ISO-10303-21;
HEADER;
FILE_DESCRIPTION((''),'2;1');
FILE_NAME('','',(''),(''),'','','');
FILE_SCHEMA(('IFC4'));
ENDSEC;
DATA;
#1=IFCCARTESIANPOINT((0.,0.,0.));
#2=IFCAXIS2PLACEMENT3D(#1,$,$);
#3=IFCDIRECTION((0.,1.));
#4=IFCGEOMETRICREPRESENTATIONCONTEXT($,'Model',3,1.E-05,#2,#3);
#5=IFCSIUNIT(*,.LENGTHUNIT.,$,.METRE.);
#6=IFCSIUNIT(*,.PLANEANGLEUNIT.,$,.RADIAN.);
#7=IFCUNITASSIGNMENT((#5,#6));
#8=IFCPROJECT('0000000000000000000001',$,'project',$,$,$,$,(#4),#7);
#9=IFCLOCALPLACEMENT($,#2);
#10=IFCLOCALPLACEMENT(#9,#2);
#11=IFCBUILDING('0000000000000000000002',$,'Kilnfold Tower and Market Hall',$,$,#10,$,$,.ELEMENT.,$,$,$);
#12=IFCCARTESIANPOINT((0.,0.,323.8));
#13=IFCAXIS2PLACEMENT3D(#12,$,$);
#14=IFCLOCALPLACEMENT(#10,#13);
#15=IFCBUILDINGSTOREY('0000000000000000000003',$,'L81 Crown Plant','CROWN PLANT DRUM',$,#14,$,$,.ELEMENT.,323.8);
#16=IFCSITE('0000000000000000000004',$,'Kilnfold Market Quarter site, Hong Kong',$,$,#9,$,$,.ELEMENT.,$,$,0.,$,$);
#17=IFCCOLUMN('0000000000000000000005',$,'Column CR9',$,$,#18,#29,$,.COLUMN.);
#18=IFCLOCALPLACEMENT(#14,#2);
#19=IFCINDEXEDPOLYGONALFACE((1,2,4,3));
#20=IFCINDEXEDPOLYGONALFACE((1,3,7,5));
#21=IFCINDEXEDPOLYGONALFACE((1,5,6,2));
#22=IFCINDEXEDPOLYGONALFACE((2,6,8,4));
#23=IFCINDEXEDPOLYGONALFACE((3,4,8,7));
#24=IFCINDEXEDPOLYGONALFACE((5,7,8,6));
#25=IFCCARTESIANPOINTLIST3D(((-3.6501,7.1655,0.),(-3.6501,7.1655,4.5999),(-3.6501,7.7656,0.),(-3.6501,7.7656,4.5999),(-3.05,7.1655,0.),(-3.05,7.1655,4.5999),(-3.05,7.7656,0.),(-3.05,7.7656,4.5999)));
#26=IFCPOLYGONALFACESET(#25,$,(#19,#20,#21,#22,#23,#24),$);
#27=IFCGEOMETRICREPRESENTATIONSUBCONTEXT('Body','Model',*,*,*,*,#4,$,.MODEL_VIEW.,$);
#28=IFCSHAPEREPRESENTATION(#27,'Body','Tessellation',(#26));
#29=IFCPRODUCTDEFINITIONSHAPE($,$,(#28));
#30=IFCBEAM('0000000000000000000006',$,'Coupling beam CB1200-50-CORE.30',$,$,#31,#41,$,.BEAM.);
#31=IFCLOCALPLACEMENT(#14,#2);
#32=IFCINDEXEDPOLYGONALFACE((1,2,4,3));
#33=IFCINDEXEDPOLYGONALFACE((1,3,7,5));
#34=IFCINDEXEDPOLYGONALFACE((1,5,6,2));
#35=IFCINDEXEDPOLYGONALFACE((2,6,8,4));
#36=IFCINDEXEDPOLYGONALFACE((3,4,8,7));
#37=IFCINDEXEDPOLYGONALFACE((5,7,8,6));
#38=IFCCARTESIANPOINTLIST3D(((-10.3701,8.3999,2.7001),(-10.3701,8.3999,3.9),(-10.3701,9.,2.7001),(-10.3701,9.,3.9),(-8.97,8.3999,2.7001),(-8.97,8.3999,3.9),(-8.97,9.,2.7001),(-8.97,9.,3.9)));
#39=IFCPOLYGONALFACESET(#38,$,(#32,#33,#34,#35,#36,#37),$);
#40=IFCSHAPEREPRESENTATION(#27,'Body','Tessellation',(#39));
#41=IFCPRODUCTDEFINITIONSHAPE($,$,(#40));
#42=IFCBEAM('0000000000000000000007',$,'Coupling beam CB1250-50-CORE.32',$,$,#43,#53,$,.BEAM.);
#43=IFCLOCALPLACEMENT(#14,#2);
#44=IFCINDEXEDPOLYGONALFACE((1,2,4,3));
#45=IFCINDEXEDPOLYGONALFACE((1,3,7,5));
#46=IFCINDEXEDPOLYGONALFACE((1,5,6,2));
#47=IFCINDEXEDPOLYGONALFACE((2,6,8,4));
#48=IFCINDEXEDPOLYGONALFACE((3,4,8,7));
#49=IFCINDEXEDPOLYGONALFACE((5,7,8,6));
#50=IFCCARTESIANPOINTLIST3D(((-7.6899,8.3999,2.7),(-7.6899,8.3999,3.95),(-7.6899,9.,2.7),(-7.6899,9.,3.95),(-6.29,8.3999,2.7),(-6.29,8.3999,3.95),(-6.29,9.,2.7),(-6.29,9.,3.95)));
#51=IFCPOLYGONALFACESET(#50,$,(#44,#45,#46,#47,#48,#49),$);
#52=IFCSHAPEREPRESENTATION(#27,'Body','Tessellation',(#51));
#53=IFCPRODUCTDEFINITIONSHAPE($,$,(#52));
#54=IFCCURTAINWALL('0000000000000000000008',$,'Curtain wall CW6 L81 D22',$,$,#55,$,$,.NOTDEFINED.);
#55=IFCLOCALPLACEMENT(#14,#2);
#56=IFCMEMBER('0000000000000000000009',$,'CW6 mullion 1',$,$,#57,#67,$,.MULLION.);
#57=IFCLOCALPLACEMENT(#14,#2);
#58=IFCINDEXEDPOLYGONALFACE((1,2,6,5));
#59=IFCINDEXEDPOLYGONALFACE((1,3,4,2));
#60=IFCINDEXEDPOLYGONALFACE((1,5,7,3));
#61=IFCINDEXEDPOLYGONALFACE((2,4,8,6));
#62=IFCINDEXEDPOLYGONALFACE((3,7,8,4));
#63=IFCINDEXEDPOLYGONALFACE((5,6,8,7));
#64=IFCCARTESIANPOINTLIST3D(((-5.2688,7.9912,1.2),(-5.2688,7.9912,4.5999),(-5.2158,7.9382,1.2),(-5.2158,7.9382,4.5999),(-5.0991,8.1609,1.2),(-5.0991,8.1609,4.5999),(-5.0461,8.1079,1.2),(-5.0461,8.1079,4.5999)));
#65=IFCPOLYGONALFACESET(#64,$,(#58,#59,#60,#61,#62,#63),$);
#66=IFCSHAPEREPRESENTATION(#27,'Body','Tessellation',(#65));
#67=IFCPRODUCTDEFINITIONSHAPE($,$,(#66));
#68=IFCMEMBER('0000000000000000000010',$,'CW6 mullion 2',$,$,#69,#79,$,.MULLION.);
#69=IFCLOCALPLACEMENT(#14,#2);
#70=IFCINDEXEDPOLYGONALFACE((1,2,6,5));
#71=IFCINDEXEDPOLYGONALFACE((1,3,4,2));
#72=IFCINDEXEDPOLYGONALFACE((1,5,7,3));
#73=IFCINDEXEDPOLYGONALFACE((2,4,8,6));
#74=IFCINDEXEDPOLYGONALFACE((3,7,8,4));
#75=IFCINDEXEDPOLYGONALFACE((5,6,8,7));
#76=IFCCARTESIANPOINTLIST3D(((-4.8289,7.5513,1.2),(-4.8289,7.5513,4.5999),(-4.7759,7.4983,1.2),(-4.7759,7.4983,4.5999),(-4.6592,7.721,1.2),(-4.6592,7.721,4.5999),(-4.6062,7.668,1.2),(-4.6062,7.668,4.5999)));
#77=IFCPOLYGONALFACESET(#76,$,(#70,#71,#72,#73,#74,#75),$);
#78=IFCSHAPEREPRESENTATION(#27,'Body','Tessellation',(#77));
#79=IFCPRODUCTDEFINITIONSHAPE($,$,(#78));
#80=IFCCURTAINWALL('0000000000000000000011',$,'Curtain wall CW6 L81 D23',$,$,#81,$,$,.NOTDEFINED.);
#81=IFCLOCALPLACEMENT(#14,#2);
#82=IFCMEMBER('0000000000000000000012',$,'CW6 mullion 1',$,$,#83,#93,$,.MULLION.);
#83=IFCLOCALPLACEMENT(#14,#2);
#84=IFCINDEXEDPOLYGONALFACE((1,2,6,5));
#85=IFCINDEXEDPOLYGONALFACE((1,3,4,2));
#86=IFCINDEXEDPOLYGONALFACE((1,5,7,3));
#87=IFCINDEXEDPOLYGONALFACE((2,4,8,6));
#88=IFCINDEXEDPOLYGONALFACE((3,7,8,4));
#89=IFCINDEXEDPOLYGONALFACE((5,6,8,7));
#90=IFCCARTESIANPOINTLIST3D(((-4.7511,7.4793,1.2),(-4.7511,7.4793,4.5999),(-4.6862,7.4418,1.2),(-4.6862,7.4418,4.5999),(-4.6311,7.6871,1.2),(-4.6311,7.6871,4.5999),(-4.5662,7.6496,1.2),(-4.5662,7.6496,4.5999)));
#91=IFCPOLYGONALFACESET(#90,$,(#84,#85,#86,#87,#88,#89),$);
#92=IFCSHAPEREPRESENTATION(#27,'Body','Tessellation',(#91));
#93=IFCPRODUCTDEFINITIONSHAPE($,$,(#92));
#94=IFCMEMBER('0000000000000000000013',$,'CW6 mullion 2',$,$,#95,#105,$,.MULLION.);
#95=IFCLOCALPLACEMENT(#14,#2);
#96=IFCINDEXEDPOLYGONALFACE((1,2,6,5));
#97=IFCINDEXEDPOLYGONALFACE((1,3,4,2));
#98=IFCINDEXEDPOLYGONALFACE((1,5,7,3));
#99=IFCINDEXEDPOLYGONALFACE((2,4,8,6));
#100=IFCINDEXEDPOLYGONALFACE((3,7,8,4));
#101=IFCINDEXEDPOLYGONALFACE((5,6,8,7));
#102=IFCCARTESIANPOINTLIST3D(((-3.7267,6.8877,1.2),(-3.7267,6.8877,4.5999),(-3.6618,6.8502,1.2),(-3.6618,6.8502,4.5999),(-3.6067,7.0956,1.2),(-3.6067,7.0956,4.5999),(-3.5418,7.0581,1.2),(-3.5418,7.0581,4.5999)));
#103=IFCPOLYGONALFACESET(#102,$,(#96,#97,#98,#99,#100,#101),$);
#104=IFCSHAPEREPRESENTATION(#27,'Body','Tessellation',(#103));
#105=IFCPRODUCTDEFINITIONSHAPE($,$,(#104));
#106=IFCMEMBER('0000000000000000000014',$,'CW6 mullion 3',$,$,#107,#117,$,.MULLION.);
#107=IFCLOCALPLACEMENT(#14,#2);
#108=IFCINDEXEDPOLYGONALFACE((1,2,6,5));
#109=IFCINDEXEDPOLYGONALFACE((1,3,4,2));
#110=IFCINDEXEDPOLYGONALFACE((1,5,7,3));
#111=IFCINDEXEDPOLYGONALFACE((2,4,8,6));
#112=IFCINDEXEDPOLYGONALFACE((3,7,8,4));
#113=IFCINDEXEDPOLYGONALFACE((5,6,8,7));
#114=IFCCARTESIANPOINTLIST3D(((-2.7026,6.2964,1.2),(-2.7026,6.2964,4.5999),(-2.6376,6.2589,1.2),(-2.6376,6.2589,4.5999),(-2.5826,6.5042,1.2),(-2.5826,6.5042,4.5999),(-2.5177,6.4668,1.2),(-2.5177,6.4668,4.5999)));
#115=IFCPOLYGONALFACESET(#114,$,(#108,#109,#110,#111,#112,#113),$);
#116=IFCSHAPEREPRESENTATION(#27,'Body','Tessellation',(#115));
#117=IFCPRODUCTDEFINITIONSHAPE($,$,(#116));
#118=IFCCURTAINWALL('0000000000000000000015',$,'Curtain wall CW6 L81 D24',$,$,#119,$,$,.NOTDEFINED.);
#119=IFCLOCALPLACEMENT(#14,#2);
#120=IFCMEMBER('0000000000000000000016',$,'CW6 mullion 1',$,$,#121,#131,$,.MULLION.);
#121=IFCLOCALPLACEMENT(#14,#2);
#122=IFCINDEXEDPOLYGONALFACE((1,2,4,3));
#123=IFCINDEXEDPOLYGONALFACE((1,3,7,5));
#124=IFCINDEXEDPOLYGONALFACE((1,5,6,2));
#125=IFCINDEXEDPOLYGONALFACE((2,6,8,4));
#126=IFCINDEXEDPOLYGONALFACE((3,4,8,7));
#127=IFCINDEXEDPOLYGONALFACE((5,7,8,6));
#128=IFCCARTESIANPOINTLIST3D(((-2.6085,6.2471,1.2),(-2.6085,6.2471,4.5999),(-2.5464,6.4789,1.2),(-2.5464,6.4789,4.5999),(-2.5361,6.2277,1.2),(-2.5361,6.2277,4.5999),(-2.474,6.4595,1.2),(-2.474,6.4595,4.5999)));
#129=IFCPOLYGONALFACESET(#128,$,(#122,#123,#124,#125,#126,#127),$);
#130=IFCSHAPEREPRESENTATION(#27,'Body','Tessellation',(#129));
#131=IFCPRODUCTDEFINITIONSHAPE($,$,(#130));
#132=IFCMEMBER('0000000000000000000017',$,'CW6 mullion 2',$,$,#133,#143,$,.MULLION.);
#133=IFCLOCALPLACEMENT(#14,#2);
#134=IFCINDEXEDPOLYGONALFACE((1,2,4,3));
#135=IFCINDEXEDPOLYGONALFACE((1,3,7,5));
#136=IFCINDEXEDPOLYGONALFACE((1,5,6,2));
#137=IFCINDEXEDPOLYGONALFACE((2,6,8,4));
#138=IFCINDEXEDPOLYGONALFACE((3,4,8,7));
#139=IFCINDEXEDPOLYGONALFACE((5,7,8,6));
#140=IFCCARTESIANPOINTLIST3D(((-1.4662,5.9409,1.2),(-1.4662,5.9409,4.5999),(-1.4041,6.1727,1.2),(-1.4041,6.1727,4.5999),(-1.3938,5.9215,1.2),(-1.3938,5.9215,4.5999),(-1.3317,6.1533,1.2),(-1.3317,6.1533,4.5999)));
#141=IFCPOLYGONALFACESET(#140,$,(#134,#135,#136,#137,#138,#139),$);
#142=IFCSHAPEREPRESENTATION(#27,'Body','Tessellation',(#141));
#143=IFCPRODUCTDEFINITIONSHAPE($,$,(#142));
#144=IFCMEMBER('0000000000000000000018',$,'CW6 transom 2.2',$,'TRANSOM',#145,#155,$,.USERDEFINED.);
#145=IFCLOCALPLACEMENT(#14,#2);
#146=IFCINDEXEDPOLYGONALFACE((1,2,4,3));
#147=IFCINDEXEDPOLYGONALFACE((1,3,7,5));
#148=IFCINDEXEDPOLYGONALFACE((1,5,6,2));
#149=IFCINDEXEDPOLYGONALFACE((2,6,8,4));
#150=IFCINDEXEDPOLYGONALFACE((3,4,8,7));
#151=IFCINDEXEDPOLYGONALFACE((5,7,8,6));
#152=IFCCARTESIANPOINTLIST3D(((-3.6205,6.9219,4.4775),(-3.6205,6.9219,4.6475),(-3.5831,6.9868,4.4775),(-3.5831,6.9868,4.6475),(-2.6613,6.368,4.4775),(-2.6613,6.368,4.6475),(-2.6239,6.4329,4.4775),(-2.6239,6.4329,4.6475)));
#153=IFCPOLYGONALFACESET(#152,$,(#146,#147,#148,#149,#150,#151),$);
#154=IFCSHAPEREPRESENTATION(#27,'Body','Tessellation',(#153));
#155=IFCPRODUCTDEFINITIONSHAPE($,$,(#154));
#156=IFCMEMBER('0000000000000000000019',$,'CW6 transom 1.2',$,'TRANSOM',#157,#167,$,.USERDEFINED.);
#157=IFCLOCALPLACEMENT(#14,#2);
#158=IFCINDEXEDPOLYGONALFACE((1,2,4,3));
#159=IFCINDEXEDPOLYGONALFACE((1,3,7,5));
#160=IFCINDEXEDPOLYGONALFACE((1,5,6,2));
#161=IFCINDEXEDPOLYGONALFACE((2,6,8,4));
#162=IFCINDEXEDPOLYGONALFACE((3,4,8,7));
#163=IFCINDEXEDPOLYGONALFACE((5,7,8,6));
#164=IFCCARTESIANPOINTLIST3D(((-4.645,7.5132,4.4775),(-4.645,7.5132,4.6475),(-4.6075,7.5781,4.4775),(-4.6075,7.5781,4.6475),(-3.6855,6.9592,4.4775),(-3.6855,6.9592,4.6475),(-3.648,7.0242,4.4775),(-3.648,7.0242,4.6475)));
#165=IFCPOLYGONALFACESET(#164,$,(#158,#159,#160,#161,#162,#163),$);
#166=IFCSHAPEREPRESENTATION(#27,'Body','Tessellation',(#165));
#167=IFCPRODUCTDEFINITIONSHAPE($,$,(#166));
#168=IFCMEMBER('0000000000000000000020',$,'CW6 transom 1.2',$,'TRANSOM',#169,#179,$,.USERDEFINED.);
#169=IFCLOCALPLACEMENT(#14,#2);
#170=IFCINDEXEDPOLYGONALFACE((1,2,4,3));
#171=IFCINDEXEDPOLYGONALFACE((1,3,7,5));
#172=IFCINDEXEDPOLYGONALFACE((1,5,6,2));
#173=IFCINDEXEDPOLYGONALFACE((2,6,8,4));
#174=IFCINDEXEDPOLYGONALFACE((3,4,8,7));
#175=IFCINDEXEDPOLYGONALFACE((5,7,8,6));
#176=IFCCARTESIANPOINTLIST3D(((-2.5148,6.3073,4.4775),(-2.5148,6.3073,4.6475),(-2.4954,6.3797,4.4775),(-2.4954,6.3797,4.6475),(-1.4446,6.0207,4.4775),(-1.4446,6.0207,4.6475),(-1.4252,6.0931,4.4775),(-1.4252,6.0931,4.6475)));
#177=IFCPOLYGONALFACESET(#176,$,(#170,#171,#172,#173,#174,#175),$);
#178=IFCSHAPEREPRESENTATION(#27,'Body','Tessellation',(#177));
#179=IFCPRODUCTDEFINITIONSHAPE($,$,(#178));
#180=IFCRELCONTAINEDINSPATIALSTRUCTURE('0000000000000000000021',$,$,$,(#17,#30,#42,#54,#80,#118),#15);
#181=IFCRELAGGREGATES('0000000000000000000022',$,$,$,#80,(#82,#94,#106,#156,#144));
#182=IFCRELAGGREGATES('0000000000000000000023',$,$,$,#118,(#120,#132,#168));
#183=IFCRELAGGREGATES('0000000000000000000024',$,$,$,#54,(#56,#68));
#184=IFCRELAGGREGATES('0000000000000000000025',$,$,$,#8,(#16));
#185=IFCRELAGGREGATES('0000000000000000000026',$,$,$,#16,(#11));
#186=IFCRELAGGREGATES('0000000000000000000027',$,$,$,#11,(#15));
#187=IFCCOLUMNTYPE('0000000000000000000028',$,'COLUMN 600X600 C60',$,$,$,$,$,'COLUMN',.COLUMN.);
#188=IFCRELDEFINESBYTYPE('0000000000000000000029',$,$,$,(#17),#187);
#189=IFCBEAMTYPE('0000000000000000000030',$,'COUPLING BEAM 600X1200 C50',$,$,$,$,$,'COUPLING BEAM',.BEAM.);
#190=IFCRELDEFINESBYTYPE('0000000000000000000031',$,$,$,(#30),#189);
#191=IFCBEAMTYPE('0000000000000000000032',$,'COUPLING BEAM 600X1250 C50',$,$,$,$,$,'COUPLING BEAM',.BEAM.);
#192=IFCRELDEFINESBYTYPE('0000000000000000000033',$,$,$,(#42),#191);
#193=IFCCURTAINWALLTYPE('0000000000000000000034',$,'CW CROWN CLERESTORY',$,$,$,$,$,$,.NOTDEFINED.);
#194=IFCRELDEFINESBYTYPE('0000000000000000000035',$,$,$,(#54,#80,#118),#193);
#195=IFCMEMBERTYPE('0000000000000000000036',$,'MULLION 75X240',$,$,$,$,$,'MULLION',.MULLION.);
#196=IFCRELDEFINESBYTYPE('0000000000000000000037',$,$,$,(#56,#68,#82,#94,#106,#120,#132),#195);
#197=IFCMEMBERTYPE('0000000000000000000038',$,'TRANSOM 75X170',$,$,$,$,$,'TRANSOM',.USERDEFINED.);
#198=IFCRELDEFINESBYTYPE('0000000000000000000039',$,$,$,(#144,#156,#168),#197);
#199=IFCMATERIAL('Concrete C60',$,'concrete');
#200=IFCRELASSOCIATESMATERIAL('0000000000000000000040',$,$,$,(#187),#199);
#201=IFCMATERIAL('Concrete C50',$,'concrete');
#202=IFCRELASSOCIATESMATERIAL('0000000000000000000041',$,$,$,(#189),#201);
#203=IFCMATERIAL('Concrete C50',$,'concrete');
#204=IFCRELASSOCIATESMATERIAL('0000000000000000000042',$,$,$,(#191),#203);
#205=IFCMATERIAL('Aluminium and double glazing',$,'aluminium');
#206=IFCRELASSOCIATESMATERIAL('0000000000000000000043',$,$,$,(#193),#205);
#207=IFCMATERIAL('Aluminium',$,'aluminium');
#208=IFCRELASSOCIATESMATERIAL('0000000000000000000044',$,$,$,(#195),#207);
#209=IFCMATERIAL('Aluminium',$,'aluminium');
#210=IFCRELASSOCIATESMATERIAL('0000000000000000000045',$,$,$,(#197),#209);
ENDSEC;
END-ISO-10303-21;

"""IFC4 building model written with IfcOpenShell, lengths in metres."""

from ifc_helpers import new_model, si_unit, direction, frame, origin, origin_2d, place, context, subcontext, project, spatial, rectangle, extrude, source, transform, mapped, material, material_profile, profile_set, type_object, element, aggregate, save


model = new_model("IFC4")

# Units and contexts
model_context = context("Model", 3, precision=1e-05, world=origin(), true_north=direction((0.0, 1.0)))
body_context = subcontext(model_context, "Body", "Model", "MODEL_VIEW")
ifc_project = project(units=[si_unit("LENGTHUNIT", "METRE"), si_unit("PLANEANGLEUNIT", "RADIAN")], contexts=[model_context])

# Site, building, storey
site_placement = place(None, origin())
site = spatial("IfcSite", under=ifc_project, at=site_placement, Name="Kilnfold Market Quarter site, Hong Kong", CompositionType="ELEMENT", RefElevation=0.0)
building_placement = place(site_placement, origin())
building = spatial("IfcBuilding", under=site, at=building_placement, Name="Kilnfold Tower and Market Hall", CompositionType="ELEMENT")
storey_placement = place(building_placement, frame((0.0, 0.0, 323.8)))
storey = spatial("IfcBuildingStorey", under=building, at=storey_placement, Name="L81 Crown Plant", Description="CROWN PLANT DRUM", CompositionType="ELEMENT", Elevation=323.8)

# Column
ifc_material_1 = material(Name="Concrete C60", Category="concrete")
ifc_material_profile_1 = material_profile(ifc_material_1, rectangle(XDim=0.6001, YDim=0.6001, at=origin_2d()), Name="RC 600x600")
ifc_profile_set_1 = profile_set([ifc_material_profile_1], Name="Concrete C60")
column_type = type_object("IfcColumnType", Name="COLUMN 600X600 C60", ElementType="COLUMN", PredefinedType="COLUMN", material=ifc_profile_set_1)
shared_shape_1 = source(origin(), body_context, "Body", "SweptSolid", [
    extrude(rectangle(XDim=0.6001, YDim=0.6001, at=origin_2d()), origin(), (0.0, 0.0, 1.0), 4.5999),
])
column_placement = place(storey_placement, frame((-3.3501, 7.4656, 0.0), z_axis=(0.0, 0.0, 1.0), x_axis=(1.0, 0.0, 0.0)))
element("IfcColumn", 1, at=column_placement, inside=storey, type_object=column_type, Name="Column CR9", PredefinedType="COLUMN", context=body_context, shape_type="MappedRepresentation", body=[
    mapped(shared_shape_1, transform((0.0, 0.0, 0.0))),
])

# Beams
ifc_material_2 = material(Name="Concrete C50", Category="concrete")
ifc_material_profile_2 = material_profile(ifc_material_2, rectangle(XDim=0.6001, YDim=1.2, at=origin_2d()), Name="RC 600x1200")
ifc_profile_set_2 = profile_set([ifc_material_profile_2], Name="Concrete C50")
beam_type_1 = type_object("IfcBeamType", Name="COUPLING BEAM 600X1200 C50", ElementType="COUPLING BEAM", PredefinedType="BEAM", material=ifc_profile_set_2)
shared_shape_2 = source(origin(), body_context, "Body", "SweptSolid", [
    extrude(rectangle(XDim=0.6001, YDim=1.2, at=origin_2d()), origin(), (0.0, 0.0, 1.0), 1.4001),
])
beam_1_placement = place(storey_placement, frame((-10.3701, 8.7, 3.3), z_axis=(1.0, 0.0, 0.0), x_axis=(0.0, 1.0, 0.0)))
element("IfcBeam", 2, at=beam_1_placement, inside=storey, type_object=beam_type_1, Name="Coupling beam CB1200-50-CORE.30", PredefinedType="BEAM", context=body_context, shape_type="MappedRepresentation", body=[
    mapped(shared_shape_2, transform((0.0, 0.0, 0.0))),
])
ifc_material_3 = material(Name="Concrete C50", Category="concrete")
ifc_material_profile_3 = material_profile(ifc_material_3, rectangle(XDim=0.6001, YDim=1.25, at=origin_2d()), Name="RC 600x1250")
ifc_profile_set_3 = profile_set([ifc_material_profile_3], Name="Concrete C50")
beam_type_2 = type_object("IfcBeamType", Name="COUPLING BEAM 600X1250 C50", ElementType="COUPLING BEAM", PredefinedType="BEAM", material=ifc_profile_set_3)
shared_shape_3 = source(origin(), body_context, "Body", "SweptSolid", [
    extrude(rectangle(XDim=0.6001, YDim=1.25, at=origin_2d()), origin(), (0.0, 0.0, 1.0), 1.3999),
])
beam_2_placement = place(storey_placement, frame((-7.6899, 8.7, 3.325), z_axis=(1.0, 0.0, 0.0), x_axis=(0.0, 1.0, 0.0)))
element("IfcBeam", 3, at=beam_2_placement, inside=storey, type_object=beam_type_2, Name="Coupling beam CB1250-50-CORE.32", PredefinedType="BEAM", context=body_context, shape_type="MappedRepresentation", body=[
    mapped(shared_shape_3, transform((0.0, 0.0, 0.0))),
])

# Curtain walls, members
ifc_material_4 = material(Name="Aluminium and double glazing", Category="aluminium")
curtain_wall_type = type_object("IfcCurtainWallType", Name="CW CROWN CLERESTORY", PredefinedType="NOTDEFINED", material=ifc_material_4)
curtain_wall_1_placement = place(storey_placement, origin())
curtain_wall_1 = element("IfcCurtainWall", 4, at=curtain_wall_1_placement, inside=storey, type_object=curtain_wall_type, Name="Curtain wall CW6 L81 D22", PredefinedType="NOTDEFINED")
ifc_material_5 = material(Name="Aluminium", Category="aluminium")
ifc_material_profile_4 = material_profile(ifc_material_5, rectangle(XDim=0.075, YDim=0.24, at=origin_2d()), Name="MULLION 75x240")
ifc_profile_set_4 = profile_set([ifc_material_profile_4], Name="Aluminium")
member_type_1 = type_object("IfcMemberType", Name="MULLION 75X240", ElementType="MULLION", PredefinedType="MULLION", material=ifc_profile_set_4)
shared_shape_4 = source(origin(), body_context, "Body", "SweptSolid", [
    extrude(rectangle(XDim=0.075, YDim=0.24, at=origin_2d()), origin(), (0.0, 0.0, 1.0), 3.3999),
])
member_1_placement = place(storey_placement, frame((-5.1575, 8.0496, 1.2), z_axis=(0.0, 0.0, 1.0), x_axis=(0.707035, -0.707178, 0.0)))
member_1 = element("IfcMember", 5, at=member_1_placement, type_object=member_type_1, Name="CW6 mullion 1", PredefinedType="MULLION", context=body_context, shape_type="MappedRepresentation", body=[
    mapped(shared_shape_4, transform((0.0, 0.0, 0.0))),
])
member_2_placement = place(storey_placement, frame((-4.7175, 7.6096, 1.2), z_axis=(0.0, 0.0, 1.0), x_axis=(0.707035, -0.707178, 0.0)))
member_2 = element("IfcMember", 6, at=member_2_placement, type_object=member_type_1, Name="CW6 mullion 2", PredefinedType="MULLION", context=body_context, shape_type="MappedRepresentation", body=[
    mapped(shared_shape_4, transform((0.0, 0.0, 0.0))),
])
curtain_wall_2_placement = place(storey_placement, origin())
curtain_wall_2 = element("IfcCurtainWall", 7, at=curtain_wall_2_placement, inside=storey, type_object=curtain_wall_type, Name="Curtain wall CW6 L81 D23", PredefinedType="NOTDEFINED")
member_3_placement = place(storey_placement, frame((-4.6587, 7.5645, 1.2), z_axis=(0.0, 0.0, 1.0), x_axis=(0.866031, -0.499991, 0.0)))
member_3 = element("IfcMember", 8, at=member_3_placement, type_object=member_type_1, Name="CW6 mullion 1", PredefinedType="MULLION", context=body_context, shape_type="MappedRepresentation", body=[
    mapped(shared_shape_4, transform((0.0, 0.0, 0.0))),
])
member_4_placement = place(storey_placement, frame((-3.6343, 6.9729, 1.2), z_axis=(0.0, 0.0, 1.0), x_axis=(0.866031, -0.499991, 0.0)))
member_4 = element("IfcMember", 9, at=member_4_placement, type_object=member_type_1, Name="CW6 mullion 2", PredefinedType="MULLION", context=body_context, shape_type="MappedRepresentation", body=[
    mapped(shared_shape_4, transform((0.0, 0.0, 0.0))),
])
member_5_placement = place(storey_placement, frame((-2.6101, 6.3816, 1.2), z_axis=(0.0, 0.0, 1.0), x_axis=(0.866031, -0.499991, 0.0)))
member_5 = element("IfcMember", 10, at=member_5_placement, type_object=member_type_1, Name="CW6 mullion 3", PredefinedType="MULLION", context=body_context, shape_type="MappedRepresentation", body=[
    mapped(shared_shape_4, transform((0.0, 0.0, 0.0))),
])
curtain_wall_3_placement = place(storey_placement, origin())
curtain_wall_3 = element("IfcCurtainWall", 11, at=curtain_wall_3_placement, inside=storey, type_object=curtain_wall_type, Name="Curtain wall CW6 L81 D24", PredefinedType="NOTDEFINED")
member_6_placement = place(storey_placement, frame((-2.5413, 6.3533, 1.2), z_axis=(0.0, 0.0, 1.0), x_axis=(0.96593, -0.258805, 0.0)))
member_6 = element("IfcMember", 12, at=member_6_placement, type_object=member_type_1, Name="CW6 mullion 1", PredefinedType="MULLION", context=body_context, shape_type="MappedRepresentation", body=[
    mapped(shared_shape_4, transform((0.0, 0.0, 0.0))),
])
member_7_placement = place(storey_placement, frame((-1.3989, 6.0471, 1.2), z_axis=(0.0, 0.0, 1.0), x_axis=(0.96593, -0.258805, 0.0)))
member_7 = element("IfcMember", 13, at=member_7_placement, type_object=member_type_1, Name="CW6 mullion 2", PredefinedType="MULLION", context=body_context, shape_type="MappedRepresentation", body=[
    mapped(shared_shape_4, transform((0.0, 0.0, 0.0))),
])

# Members
ifc_material_6 = material(Name="Aluminium", Category="aluminium")
ifc_material_profile_5 = material_profile(ifc_material_6, rectangle(XDim=0.075, YDim=0.1699, at=origin_2d()), Name="TRANSOM 75x170")
ifc_profile_set_5 = profile_set([ifc_material_profile_5], Name="Aluminium")
member_type_2 = type_object("IfcMemberType", Name="TRANSOM 75X170", ElementType="TRANSOM", PredefinedType="USERDEFINED", material=ifc_profile_set_5)
shared_shape_5 = source(origin(), body_context, "Body", "SweptSolid", [
    extrude(rectangle(XDim=0.075, YDim=0.1699, at=origin_2d()), origin(), (0.0, 0.0, 1.0), 1.1077),
])
member_8_placement = place(storey_placement, frame((-3.6018, 6.9543, 4.5625), z_axis=(0.865969, -0.500098, 0.0), x_axis=(0.500098, 0.865969, 0.0)))
member_8 = element("IfcMember", 14, at=member_8_placement, type_object=member_type_2, Name="CW6 transom 2.2", ObjectType="TRANSOM", PredefinedType="USERDEFINED", context=body_context, shape_type="MappedRepresentation", body=[
    mapped(shared_shape_5, transform((0.0, 0.0, 0.0))),
])
shared_shape_6 = source(origin(), body_context, "Body", "SweptSolid", [
    extrude(rectangle(XDim=0.075, YDim=0.1699, at=origin_2d()), origin(), (0.0, 0.0, 1.0), 1.1079),
])
member_9_placement = place(storey_placement, frame((-4.6262, 7.5457, 4.5625), z_axis=(0.866024, -0.500002, 0.0), x_axis=(0.500002, 0.866024, 0.0)))
member_9 = element("IfcMember", 15, at=member_9_placement, type_object=member_type_2, Name="CW6 transom 1.2", ObjectType="TRANSOM", PredefinedType="USERDEFINED", context=body_context, shape_type="MappedRepresentation", body=[
    mapped(shared_shape_6, transform((0.0, 0.0, 0.0))),
])
member_10_placement = place(storey_placement, frame((-2.5051, 6.3435, 4.5625), z_axis=(0.965949, -0.258732, 0.0), x_axis=(0.258732, 0.965949, 0.0)))
member_10 = element("IfcMember", 16, at=member_10_placement, type_object=member_type_2, Name="CW6 transom 1.2", ObjectType="TRANSOM", PredefinedType="USERDEFINED", context=body_context, shape_type="MappedRepresentation", body=[
    mapped(shared_shape_6, transform((0.0, 0.0, 0.0))),
])

aggregate(curtain_wall_2, [member_3, member_4, member_5, member_9, member_8])
aggregate(curtain_wall_3, [member_6, member_7, member_10])
aggregate(curtain_wall_1, [member_1, member_2])

save(model, "model.ifc")
